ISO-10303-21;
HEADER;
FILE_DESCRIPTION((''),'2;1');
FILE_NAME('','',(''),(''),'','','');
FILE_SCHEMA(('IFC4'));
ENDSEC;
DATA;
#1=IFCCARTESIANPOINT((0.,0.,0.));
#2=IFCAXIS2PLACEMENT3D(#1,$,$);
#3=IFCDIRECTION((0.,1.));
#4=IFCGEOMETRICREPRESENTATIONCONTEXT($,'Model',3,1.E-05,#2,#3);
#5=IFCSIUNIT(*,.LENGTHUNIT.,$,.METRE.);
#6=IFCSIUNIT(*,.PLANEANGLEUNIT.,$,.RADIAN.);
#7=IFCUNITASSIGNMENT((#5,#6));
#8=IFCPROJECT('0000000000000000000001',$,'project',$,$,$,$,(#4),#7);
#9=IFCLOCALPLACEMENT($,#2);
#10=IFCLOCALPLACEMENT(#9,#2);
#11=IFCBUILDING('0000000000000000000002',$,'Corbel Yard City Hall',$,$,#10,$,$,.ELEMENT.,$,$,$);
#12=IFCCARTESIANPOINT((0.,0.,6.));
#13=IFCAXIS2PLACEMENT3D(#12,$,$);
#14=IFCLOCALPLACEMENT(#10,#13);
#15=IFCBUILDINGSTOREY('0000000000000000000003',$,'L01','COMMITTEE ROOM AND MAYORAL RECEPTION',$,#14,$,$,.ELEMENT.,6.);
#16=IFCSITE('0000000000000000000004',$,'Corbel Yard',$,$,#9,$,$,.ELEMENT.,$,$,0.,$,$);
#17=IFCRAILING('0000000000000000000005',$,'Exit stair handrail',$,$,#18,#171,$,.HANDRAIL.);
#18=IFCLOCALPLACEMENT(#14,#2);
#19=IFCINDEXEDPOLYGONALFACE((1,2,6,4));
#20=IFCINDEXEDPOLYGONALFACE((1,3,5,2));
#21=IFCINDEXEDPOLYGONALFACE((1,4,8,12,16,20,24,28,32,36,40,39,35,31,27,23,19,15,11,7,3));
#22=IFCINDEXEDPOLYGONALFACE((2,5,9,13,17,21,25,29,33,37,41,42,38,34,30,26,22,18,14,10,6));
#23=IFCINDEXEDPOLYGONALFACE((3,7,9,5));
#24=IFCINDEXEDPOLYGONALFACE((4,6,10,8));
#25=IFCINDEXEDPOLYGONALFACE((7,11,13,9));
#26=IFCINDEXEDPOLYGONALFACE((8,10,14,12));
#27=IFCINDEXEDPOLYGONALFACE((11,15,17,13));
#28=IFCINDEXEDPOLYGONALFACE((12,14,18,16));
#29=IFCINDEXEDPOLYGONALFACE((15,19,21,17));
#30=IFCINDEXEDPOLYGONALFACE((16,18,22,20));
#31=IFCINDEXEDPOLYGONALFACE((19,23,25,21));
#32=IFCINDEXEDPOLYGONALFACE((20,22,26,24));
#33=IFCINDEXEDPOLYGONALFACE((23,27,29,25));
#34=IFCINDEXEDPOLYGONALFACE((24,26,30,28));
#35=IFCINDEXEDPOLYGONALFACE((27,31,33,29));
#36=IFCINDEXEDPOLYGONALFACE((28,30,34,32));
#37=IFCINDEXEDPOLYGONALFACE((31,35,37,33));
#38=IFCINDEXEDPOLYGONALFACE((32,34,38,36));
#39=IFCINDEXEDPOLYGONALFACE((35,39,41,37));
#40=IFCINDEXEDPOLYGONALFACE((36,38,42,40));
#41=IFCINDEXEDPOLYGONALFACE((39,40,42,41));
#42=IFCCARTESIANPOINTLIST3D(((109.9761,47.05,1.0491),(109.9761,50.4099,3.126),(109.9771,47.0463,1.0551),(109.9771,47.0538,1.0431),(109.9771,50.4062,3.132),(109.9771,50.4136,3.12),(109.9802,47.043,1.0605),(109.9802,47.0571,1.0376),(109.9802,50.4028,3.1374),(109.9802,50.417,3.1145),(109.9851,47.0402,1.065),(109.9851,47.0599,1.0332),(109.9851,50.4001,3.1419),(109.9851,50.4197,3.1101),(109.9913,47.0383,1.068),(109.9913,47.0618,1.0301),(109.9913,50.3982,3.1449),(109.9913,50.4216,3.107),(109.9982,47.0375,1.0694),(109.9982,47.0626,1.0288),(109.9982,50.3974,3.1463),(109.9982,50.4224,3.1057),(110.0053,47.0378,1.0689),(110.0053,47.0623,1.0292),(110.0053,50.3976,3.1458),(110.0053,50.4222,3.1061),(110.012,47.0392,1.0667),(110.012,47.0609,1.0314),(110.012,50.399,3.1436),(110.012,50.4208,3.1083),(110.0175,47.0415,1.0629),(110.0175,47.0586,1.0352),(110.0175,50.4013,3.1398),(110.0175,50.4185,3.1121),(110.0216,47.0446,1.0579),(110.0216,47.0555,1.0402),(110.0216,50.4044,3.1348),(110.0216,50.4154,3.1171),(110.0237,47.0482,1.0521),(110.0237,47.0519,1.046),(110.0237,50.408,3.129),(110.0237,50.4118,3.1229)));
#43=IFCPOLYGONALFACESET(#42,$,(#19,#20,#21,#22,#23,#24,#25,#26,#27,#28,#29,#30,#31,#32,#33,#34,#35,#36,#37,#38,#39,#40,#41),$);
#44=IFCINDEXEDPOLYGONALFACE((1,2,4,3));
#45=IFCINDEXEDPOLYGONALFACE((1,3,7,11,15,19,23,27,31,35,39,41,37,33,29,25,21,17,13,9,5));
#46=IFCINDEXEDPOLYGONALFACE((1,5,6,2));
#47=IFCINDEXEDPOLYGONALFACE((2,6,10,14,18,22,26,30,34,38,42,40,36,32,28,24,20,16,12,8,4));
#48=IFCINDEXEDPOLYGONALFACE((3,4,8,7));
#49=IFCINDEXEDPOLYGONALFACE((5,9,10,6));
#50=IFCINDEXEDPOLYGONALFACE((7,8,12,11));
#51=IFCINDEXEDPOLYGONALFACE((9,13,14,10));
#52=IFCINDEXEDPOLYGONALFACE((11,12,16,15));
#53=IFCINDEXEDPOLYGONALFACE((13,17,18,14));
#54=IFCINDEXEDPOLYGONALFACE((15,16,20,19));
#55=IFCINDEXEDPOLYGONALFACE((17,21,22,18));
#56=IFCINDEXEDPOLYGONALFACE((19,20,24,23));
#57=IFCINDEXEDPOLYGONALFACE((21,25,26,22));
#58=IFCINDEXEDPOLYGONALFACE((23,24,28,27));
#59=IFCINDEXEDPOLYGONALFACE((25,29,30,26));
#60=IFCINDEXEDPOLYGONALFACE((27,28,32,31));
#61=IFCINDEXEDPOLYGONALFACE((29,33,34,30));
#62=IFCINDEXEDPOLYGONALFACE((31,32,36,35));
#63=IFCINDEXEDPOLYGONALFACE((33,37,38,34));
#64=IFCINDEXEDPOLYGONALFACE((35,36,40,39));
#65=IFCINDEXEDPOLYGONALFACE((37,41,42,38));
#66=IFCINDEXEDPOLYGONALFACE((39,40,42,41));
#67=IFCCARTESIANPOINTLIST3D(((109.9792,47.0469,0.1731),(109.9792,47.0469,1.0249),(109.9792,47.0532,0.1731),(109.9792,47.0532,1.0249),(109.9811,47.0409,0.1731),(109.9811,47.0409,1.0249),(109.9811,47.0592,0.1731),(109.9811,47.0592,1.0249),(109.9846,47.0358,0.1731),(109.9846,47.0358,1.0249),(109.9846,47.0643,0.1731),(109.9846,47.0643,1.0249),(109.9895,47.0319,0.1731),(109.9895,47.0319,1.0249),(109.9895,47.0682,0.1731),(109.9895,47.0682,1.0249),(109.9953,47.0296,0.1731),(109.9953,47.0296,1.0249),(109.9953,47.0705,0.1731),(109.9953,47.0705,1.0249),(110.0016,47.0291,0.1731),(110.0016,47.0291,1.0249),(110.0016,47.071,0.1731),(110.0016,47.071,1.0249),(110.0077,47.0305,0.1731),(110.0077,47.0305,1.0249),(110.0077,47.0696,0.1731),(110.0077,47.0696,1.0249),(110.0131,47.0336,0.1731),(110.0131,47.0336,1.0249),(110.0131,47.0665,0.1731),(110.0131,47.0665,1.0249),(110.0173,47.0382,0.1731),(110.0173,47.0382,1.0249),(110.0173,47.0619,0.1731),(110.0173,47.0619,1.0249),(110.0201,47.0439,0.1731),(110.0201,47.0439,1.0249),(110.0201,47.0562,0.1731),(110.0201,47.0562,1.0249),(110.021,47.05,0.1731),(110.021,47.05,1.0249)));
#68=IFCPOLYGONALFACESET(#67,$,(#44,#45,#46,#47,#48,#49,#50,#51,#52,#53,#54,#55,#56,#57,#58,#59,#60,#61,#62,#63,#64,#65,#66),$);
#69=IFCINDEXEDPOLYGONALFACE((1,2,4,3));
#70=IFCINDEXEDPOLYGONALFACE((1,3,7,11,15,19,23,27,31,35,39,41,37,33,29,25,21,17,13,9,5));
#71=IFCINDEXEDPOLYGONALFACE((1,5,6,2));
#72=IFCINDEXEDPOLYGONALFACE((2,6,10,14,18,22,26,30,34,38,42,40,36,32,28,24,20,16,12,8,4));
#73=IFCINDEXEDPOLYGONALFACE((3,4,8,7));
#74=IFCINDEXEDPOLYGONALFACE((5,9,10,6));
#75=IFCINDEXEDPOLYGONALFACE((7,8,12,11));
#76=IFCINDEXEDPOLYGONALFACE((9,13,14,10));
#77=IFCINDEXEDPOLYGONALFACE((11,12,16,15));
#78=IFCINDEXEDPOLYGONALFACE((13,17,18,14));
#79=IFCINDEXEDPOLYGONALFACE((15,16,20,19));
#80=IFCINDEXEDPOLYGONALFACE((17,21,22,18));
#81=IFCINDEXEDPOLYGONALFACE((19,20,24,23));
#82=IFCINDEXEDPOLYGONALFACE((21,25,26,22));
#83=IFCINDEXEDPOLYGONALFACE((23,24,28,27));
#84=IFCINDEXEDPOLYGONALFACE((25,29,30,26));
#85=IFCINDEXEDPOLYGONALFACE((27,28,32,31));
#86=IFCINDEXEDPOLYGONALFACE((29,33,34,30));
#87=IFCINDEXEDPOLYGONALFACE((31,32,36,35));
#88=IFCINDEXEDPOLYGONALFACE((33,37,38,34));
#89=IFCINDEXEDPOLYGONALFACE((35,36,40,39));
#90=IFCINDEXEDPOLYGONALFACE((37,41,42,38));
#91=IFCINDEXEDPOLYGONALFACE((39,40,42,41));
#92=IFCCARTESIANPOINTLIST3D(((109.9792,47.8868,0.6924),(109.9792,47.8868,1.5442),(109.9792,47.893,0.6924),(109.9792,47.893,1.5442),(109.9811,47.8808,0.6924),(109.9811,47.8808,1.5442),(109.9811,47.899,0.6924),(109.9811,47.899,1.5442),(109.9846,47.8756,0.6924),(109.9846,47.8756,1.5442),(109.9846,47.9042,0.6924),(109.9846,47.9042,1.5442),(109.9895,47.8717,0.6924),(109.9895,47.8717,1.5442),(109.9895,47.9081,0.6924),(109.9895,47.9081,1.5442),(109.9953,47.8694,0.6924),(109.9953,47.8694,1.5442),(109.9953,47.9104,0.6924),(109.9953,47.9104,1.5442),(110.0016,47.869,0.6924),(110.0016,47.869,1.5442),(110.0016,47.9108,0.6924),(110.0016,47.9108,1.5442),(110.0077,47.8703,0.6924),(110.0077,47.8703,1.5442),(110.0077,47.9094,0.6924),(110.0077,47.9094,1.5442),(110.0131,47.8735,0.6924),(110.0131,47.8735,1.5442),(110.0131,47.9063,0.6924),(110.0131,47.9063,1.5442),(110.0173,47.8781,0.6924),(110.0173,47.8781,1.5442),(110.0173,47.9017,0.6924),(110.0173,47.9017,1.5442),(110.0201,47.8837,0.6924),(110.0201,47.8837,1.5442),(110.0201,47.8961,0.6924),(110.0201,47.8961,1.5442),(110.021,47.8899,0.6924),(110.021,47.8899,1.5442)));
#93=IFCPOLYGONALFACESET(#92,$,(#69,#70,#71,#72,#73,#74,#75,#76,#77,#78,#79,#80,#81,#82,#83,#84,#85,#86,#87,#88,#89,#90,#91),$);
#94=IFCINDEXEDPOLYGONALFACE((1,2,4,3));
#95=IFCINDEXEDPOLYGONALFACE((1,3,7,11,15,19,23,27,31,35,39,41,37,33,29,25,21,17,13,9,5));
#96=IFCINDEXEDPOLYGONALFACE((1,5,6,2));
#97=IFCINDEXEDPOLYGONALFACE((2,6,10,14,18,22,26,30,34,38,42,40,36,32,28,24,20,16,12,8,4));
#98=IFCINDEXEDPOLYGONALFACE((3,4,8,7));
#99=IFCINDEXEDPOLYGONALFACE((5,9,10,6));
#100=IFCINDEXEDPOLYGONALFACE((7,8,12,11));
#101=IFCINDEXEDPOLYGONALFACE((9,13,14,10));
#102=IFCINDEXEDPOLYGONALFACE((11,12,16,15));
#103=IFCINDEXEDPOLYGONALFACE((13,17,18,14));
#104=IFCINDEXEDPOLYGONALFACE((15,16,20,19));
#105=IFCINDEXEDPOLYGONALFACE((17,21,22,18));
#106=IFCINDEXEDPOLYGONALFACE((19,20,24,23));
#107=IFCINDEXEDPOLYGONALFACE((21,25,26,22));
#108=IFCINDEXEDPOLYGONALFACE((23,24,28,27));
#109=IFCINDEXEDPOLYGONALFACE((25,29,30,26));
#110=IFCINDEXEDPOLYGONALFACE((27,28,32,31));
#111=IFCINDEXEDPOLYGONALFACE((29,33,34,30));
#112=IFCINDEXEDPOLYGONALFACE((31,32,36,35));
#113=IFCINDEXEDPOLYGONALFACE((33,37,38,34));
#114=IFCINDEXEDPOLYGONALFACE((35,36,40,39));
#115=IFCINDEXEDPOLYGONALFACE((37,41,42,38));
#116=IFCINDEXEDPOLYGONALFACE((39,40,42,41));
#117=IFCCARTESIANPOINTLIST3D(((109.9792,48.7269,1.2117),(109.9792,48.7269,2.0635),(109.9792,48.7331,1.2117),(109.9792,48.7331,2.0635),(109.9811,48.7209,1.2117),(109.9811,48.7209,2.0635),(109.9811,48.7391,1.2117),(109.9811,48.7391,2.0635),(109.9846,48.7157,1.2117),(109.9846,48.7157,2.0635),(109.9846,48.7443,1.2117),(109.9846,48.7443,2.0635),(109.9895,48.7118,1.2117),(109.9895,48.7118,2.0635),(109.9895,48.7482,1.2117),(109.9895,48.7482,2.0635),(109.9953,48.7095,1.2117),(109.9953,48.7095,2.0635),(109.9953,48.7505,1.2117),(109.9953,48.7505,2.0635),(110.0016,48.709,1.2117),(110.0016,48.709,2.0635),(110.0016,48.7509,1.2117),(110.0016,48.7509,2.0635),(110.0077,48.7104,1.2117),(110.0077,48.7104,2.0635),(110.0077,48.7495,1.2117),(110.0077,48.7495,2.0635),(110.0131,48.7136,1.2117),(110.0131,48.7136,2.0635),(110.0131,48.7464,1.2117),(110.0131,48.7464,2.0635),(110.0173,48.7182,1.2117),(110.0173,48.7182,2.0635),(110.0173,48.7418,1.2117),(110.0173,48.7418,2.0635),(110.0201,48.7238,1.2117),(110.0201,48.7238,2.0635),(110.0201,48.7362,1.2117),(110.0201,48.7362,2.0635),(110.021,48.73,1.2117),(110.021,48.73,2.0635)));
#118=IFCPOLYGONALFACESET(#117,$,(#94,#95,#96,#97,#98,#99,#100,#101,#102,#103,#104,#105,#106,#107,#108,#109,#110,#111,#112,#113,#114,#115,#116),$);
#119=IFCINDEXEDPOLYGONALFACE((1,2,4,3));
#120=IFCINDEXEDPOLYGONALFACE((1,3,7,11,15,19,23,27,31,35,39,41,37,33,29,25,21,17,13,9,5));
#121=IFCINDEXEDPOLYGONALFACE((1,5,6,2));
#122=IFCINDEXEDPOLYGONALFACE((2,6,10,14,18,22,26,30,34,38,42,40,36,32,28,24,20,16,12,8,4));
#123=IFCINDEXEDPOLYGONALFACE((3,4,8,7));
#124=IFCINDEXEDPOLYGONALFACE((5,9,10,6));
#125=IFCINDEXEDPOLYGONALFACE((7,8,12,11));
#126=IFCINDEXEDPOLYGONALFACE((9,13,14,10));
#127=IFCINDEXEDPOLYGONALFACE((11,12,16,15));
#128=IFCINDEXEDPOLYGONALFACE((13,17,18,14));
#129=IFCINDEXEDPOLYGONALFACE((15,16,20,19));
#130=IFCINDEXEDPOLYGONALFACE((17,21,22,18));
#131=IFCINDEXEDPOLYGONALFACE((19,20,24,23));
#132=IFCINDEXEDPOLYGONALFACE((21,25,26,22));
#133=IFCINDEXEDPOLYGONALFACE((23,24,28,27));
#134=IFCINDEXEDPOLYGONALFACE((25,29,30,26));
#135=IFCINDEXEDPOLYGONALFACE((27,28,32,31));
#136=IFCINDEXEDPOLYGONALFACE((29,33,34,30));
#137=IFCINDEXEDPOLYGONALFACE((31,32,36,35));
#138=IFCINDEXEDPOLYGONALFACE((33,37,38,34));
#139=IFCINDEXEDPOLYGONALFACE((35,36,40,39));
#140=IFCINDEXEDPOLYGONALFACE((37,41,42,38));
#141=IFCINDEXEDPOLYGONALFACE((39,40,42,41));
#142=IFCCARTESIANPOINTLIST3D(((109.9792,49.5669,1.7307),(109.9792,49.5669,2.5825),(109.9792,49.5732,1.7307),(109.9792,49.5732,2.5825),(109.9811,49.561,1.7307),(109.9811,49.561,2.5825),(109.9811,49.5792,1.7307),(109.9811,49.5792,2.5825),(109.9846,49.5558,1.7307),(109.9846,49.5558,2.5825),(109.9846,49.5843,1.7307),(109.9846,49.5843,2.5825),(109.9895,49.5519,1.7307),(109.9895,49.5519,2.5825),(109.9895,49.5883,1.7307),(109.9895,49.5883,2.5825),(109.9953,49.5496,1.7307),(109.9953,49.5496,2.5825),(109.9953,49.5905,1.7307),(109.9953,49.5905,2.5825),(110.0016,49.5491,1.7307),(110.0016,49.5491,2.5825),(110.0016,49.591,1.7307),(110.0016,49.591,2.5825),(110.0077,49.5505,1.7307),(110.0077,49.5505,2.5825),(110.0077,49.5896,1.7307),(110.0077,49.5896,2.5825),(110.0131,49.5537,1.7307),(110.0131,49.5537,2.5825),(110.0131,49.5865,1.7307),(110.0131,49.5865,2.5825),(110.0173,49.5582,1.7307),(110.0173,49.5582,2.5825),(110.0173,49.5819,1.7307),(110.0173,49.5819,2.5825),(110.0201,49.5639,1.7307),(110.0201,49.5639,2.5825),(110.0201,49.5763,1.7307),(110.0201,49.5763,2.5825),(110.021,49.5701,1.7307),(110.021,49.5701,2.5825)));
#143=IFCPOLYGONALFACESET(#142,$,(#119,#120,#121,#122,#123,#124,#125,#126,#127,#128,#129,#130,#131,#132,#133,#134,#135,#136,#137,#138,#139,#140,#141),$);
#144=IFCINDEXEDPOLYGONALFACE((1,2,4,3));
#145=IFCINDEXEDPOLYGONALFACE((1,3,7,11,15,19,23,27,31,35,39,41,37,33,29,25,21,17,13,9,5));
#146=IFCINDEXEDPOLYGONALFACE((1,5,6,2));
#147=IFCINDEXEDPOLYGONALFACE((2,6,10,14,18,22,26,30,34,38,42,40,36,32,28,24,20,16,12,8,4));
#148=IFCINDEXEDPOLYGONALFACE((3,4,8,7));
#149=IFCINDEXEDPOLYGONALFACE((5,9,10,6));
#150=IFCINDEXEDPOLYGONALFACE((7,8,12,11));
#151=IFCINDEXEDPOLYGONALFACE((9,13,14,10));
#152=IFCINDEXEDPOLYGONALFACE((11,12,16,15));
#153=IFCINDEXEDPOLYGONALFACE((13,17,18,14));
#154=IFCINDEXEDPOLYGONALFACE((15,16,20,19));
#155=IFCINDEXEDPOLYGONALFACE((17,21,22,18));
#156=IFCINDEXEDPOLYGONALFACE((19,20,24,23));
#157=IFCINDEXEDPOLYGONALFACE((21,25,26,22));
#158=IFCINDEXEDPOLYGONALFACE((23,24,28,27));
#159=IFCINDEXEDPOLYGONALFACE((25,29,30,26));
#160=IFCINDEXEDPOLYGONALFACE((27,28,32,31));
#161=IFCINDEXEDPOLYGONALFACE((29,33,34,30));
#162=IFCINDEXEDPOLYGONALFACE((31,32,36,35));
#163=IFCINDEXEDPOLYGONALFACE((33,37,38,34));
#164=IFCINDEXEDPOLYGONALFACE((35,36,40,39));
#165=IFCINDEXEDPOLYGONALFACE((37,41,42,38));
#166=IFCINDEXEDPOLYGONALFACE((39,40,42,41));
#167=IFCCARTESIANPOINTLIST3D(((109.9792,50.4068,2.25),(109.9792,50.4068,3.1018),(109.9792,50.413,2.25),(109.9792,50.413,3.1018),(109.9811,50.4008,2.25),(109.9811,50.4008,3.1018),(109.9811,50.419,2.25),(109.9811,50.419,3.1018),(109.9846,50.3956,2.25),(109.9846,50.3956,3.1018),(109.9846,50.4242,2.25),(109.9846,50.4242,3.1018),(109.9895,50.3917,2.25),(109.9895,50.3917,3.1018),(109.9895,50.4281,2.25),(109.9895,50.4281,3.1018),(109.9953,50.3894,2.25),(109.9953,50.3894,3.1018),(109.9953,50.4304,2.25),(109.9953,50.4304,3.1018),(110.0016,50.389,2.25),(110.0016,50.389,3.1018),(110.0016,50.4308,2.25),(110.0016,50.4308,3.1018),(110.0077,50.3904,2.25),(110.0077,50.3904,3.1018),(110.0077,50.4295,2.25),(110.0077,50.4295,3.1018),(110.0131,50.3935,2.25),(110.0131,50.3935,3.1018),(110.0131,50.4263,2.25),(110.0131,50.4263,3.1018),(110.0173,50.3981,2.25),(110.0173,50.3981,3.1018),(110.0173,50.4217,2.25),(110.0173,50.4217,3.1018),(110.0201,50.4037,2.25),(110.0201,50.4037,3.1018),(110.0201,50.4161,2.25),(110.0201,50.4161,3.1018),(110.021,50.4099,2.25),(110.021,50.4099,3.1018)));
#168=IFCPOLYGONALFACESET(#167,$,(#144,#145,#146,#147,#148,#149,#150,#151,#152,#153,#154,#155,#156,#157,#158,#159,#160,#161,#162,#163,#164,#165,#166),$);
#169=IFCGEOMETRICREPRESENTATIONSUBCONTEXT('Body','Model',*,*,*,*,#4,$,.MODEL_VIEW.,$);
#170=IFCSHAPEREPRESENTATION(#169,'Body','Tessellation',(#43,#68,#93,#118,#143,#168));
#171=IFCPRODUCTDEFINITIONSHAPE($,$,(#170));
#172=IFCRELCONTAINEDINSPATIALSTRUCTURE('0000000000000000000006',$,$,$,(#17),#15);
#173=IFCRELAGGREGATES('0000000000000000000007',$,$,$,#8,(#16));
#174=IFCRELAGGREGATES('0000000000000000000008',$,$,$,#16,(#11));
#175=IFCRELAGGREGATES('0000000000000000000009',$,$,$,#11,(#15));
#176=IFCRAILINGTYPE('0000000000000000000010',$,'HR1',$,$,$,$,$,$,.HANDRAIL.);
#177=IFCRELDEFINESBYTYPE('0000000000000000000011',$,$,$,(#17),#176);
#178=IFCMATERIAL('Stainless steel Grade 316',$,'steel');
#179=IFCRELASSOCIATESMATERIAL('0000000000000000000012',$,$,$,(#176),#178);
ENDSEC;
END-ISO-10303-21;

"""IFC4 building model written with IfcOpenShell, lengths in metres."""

from ifc_helpers import new_model, si_unit, direction, frame, origin, origin_2d, place, context, subcontext, project, spatial, circle, extrude, material, type_object, element, save


model = new_model("IFC4")

# Units and contexts
model_context = context("Model", 3, precision=1e-05, world=origin(), true_north=direction((0.0, 1.0)))
body_context = subcontext(model_context, "Body", "Model", "MODEL_VIEW")
ifc_project = project(units=[si_unit("LENGTHUNIT", "METRE"), si_unit("PLANEANGLEUNIT", "RADIAN")], contexts=[model_context])

# Site, building, storey
site_placement = place(None, origin())
site = spatial("IfcSite", under=ifc_project, at=site_placement, Name="Corbel Yard", CompositionType="ELEMENT", RefElevation=0.0)
building_placement = place(site_placement, origin())
building = spatial("IfcBuilding", under=site, at=building_placement, Name="Corbel Yard City Hall", CompositionType="ELEMENT")
storey_placement = place(building_placement, frame((0.0, 0.0, 6.0)))
storey = spatial("IfcBuildingStorey", under=building, at=storey_placement, Name="L01", Description="COMMITTEE ROOM AND MAYORAL RECEPTION", CompositionType="ELEMENT", Elevation=6.0)

# Shared definitions
ifc_material_1 = material(Name="Stainless steel Grade 316", Category="steel")

# Railing
railing_type_1 = type_object("IfcRailingType", Name="HR1", PredefinedType="HANDRAIL", material=ifc_material_1)
for number, where, name in (
    (1, (110.0, 47.05, 0.1731), "Exit stair handrail"),
):
    element("IfcRailing", number, at=place(storey_placement, frame(where)), inside=storey, type_object=railing_type_1, Name=name, PredefinedType="HANDRAIL", context=body_context, shape_type="SweptSolid", body=[
        extrude(circle(Radius=0.0239, at=origin_2d()), frame((0.0, 0.0, 0.876), z_axis=(0.0, 0.850606, 0.525803), x_axis=(-1.0, 0.0, 0.0)), (0.0, 0.0, 1.0), 3.95),
        extrude(circle(Radius=0.021, at=origin_2d()), origin(), (0.0, 0.0, 1.0), 0.8518),
        extrude(circle(Radius=0.021, at=origin_2d()), frame((0.0, 0.8398, 0.5193)), (0.0, 0.0, 1.0), 0.8518),
        extrude(circle(Radius=0.021, at=origin_2d()), frame((0.0, 1.6799, 1.0386)), (0.0, 0.0, 1.0), 0.8518),
        extrude(circle(Radius=0.021, at=origin_2d()), frame((0.0, 2.52, 1.5576)), (0.0, 0.0, 1.0), 0.8518),
        extrude(circle(Radius=0.021, at=origin_2d()), frame((0.0, 3.3599, 2.0769)), (0.0, 0.0, 1.0), 0.8518),
    ])

save(model, "model.ifc")
